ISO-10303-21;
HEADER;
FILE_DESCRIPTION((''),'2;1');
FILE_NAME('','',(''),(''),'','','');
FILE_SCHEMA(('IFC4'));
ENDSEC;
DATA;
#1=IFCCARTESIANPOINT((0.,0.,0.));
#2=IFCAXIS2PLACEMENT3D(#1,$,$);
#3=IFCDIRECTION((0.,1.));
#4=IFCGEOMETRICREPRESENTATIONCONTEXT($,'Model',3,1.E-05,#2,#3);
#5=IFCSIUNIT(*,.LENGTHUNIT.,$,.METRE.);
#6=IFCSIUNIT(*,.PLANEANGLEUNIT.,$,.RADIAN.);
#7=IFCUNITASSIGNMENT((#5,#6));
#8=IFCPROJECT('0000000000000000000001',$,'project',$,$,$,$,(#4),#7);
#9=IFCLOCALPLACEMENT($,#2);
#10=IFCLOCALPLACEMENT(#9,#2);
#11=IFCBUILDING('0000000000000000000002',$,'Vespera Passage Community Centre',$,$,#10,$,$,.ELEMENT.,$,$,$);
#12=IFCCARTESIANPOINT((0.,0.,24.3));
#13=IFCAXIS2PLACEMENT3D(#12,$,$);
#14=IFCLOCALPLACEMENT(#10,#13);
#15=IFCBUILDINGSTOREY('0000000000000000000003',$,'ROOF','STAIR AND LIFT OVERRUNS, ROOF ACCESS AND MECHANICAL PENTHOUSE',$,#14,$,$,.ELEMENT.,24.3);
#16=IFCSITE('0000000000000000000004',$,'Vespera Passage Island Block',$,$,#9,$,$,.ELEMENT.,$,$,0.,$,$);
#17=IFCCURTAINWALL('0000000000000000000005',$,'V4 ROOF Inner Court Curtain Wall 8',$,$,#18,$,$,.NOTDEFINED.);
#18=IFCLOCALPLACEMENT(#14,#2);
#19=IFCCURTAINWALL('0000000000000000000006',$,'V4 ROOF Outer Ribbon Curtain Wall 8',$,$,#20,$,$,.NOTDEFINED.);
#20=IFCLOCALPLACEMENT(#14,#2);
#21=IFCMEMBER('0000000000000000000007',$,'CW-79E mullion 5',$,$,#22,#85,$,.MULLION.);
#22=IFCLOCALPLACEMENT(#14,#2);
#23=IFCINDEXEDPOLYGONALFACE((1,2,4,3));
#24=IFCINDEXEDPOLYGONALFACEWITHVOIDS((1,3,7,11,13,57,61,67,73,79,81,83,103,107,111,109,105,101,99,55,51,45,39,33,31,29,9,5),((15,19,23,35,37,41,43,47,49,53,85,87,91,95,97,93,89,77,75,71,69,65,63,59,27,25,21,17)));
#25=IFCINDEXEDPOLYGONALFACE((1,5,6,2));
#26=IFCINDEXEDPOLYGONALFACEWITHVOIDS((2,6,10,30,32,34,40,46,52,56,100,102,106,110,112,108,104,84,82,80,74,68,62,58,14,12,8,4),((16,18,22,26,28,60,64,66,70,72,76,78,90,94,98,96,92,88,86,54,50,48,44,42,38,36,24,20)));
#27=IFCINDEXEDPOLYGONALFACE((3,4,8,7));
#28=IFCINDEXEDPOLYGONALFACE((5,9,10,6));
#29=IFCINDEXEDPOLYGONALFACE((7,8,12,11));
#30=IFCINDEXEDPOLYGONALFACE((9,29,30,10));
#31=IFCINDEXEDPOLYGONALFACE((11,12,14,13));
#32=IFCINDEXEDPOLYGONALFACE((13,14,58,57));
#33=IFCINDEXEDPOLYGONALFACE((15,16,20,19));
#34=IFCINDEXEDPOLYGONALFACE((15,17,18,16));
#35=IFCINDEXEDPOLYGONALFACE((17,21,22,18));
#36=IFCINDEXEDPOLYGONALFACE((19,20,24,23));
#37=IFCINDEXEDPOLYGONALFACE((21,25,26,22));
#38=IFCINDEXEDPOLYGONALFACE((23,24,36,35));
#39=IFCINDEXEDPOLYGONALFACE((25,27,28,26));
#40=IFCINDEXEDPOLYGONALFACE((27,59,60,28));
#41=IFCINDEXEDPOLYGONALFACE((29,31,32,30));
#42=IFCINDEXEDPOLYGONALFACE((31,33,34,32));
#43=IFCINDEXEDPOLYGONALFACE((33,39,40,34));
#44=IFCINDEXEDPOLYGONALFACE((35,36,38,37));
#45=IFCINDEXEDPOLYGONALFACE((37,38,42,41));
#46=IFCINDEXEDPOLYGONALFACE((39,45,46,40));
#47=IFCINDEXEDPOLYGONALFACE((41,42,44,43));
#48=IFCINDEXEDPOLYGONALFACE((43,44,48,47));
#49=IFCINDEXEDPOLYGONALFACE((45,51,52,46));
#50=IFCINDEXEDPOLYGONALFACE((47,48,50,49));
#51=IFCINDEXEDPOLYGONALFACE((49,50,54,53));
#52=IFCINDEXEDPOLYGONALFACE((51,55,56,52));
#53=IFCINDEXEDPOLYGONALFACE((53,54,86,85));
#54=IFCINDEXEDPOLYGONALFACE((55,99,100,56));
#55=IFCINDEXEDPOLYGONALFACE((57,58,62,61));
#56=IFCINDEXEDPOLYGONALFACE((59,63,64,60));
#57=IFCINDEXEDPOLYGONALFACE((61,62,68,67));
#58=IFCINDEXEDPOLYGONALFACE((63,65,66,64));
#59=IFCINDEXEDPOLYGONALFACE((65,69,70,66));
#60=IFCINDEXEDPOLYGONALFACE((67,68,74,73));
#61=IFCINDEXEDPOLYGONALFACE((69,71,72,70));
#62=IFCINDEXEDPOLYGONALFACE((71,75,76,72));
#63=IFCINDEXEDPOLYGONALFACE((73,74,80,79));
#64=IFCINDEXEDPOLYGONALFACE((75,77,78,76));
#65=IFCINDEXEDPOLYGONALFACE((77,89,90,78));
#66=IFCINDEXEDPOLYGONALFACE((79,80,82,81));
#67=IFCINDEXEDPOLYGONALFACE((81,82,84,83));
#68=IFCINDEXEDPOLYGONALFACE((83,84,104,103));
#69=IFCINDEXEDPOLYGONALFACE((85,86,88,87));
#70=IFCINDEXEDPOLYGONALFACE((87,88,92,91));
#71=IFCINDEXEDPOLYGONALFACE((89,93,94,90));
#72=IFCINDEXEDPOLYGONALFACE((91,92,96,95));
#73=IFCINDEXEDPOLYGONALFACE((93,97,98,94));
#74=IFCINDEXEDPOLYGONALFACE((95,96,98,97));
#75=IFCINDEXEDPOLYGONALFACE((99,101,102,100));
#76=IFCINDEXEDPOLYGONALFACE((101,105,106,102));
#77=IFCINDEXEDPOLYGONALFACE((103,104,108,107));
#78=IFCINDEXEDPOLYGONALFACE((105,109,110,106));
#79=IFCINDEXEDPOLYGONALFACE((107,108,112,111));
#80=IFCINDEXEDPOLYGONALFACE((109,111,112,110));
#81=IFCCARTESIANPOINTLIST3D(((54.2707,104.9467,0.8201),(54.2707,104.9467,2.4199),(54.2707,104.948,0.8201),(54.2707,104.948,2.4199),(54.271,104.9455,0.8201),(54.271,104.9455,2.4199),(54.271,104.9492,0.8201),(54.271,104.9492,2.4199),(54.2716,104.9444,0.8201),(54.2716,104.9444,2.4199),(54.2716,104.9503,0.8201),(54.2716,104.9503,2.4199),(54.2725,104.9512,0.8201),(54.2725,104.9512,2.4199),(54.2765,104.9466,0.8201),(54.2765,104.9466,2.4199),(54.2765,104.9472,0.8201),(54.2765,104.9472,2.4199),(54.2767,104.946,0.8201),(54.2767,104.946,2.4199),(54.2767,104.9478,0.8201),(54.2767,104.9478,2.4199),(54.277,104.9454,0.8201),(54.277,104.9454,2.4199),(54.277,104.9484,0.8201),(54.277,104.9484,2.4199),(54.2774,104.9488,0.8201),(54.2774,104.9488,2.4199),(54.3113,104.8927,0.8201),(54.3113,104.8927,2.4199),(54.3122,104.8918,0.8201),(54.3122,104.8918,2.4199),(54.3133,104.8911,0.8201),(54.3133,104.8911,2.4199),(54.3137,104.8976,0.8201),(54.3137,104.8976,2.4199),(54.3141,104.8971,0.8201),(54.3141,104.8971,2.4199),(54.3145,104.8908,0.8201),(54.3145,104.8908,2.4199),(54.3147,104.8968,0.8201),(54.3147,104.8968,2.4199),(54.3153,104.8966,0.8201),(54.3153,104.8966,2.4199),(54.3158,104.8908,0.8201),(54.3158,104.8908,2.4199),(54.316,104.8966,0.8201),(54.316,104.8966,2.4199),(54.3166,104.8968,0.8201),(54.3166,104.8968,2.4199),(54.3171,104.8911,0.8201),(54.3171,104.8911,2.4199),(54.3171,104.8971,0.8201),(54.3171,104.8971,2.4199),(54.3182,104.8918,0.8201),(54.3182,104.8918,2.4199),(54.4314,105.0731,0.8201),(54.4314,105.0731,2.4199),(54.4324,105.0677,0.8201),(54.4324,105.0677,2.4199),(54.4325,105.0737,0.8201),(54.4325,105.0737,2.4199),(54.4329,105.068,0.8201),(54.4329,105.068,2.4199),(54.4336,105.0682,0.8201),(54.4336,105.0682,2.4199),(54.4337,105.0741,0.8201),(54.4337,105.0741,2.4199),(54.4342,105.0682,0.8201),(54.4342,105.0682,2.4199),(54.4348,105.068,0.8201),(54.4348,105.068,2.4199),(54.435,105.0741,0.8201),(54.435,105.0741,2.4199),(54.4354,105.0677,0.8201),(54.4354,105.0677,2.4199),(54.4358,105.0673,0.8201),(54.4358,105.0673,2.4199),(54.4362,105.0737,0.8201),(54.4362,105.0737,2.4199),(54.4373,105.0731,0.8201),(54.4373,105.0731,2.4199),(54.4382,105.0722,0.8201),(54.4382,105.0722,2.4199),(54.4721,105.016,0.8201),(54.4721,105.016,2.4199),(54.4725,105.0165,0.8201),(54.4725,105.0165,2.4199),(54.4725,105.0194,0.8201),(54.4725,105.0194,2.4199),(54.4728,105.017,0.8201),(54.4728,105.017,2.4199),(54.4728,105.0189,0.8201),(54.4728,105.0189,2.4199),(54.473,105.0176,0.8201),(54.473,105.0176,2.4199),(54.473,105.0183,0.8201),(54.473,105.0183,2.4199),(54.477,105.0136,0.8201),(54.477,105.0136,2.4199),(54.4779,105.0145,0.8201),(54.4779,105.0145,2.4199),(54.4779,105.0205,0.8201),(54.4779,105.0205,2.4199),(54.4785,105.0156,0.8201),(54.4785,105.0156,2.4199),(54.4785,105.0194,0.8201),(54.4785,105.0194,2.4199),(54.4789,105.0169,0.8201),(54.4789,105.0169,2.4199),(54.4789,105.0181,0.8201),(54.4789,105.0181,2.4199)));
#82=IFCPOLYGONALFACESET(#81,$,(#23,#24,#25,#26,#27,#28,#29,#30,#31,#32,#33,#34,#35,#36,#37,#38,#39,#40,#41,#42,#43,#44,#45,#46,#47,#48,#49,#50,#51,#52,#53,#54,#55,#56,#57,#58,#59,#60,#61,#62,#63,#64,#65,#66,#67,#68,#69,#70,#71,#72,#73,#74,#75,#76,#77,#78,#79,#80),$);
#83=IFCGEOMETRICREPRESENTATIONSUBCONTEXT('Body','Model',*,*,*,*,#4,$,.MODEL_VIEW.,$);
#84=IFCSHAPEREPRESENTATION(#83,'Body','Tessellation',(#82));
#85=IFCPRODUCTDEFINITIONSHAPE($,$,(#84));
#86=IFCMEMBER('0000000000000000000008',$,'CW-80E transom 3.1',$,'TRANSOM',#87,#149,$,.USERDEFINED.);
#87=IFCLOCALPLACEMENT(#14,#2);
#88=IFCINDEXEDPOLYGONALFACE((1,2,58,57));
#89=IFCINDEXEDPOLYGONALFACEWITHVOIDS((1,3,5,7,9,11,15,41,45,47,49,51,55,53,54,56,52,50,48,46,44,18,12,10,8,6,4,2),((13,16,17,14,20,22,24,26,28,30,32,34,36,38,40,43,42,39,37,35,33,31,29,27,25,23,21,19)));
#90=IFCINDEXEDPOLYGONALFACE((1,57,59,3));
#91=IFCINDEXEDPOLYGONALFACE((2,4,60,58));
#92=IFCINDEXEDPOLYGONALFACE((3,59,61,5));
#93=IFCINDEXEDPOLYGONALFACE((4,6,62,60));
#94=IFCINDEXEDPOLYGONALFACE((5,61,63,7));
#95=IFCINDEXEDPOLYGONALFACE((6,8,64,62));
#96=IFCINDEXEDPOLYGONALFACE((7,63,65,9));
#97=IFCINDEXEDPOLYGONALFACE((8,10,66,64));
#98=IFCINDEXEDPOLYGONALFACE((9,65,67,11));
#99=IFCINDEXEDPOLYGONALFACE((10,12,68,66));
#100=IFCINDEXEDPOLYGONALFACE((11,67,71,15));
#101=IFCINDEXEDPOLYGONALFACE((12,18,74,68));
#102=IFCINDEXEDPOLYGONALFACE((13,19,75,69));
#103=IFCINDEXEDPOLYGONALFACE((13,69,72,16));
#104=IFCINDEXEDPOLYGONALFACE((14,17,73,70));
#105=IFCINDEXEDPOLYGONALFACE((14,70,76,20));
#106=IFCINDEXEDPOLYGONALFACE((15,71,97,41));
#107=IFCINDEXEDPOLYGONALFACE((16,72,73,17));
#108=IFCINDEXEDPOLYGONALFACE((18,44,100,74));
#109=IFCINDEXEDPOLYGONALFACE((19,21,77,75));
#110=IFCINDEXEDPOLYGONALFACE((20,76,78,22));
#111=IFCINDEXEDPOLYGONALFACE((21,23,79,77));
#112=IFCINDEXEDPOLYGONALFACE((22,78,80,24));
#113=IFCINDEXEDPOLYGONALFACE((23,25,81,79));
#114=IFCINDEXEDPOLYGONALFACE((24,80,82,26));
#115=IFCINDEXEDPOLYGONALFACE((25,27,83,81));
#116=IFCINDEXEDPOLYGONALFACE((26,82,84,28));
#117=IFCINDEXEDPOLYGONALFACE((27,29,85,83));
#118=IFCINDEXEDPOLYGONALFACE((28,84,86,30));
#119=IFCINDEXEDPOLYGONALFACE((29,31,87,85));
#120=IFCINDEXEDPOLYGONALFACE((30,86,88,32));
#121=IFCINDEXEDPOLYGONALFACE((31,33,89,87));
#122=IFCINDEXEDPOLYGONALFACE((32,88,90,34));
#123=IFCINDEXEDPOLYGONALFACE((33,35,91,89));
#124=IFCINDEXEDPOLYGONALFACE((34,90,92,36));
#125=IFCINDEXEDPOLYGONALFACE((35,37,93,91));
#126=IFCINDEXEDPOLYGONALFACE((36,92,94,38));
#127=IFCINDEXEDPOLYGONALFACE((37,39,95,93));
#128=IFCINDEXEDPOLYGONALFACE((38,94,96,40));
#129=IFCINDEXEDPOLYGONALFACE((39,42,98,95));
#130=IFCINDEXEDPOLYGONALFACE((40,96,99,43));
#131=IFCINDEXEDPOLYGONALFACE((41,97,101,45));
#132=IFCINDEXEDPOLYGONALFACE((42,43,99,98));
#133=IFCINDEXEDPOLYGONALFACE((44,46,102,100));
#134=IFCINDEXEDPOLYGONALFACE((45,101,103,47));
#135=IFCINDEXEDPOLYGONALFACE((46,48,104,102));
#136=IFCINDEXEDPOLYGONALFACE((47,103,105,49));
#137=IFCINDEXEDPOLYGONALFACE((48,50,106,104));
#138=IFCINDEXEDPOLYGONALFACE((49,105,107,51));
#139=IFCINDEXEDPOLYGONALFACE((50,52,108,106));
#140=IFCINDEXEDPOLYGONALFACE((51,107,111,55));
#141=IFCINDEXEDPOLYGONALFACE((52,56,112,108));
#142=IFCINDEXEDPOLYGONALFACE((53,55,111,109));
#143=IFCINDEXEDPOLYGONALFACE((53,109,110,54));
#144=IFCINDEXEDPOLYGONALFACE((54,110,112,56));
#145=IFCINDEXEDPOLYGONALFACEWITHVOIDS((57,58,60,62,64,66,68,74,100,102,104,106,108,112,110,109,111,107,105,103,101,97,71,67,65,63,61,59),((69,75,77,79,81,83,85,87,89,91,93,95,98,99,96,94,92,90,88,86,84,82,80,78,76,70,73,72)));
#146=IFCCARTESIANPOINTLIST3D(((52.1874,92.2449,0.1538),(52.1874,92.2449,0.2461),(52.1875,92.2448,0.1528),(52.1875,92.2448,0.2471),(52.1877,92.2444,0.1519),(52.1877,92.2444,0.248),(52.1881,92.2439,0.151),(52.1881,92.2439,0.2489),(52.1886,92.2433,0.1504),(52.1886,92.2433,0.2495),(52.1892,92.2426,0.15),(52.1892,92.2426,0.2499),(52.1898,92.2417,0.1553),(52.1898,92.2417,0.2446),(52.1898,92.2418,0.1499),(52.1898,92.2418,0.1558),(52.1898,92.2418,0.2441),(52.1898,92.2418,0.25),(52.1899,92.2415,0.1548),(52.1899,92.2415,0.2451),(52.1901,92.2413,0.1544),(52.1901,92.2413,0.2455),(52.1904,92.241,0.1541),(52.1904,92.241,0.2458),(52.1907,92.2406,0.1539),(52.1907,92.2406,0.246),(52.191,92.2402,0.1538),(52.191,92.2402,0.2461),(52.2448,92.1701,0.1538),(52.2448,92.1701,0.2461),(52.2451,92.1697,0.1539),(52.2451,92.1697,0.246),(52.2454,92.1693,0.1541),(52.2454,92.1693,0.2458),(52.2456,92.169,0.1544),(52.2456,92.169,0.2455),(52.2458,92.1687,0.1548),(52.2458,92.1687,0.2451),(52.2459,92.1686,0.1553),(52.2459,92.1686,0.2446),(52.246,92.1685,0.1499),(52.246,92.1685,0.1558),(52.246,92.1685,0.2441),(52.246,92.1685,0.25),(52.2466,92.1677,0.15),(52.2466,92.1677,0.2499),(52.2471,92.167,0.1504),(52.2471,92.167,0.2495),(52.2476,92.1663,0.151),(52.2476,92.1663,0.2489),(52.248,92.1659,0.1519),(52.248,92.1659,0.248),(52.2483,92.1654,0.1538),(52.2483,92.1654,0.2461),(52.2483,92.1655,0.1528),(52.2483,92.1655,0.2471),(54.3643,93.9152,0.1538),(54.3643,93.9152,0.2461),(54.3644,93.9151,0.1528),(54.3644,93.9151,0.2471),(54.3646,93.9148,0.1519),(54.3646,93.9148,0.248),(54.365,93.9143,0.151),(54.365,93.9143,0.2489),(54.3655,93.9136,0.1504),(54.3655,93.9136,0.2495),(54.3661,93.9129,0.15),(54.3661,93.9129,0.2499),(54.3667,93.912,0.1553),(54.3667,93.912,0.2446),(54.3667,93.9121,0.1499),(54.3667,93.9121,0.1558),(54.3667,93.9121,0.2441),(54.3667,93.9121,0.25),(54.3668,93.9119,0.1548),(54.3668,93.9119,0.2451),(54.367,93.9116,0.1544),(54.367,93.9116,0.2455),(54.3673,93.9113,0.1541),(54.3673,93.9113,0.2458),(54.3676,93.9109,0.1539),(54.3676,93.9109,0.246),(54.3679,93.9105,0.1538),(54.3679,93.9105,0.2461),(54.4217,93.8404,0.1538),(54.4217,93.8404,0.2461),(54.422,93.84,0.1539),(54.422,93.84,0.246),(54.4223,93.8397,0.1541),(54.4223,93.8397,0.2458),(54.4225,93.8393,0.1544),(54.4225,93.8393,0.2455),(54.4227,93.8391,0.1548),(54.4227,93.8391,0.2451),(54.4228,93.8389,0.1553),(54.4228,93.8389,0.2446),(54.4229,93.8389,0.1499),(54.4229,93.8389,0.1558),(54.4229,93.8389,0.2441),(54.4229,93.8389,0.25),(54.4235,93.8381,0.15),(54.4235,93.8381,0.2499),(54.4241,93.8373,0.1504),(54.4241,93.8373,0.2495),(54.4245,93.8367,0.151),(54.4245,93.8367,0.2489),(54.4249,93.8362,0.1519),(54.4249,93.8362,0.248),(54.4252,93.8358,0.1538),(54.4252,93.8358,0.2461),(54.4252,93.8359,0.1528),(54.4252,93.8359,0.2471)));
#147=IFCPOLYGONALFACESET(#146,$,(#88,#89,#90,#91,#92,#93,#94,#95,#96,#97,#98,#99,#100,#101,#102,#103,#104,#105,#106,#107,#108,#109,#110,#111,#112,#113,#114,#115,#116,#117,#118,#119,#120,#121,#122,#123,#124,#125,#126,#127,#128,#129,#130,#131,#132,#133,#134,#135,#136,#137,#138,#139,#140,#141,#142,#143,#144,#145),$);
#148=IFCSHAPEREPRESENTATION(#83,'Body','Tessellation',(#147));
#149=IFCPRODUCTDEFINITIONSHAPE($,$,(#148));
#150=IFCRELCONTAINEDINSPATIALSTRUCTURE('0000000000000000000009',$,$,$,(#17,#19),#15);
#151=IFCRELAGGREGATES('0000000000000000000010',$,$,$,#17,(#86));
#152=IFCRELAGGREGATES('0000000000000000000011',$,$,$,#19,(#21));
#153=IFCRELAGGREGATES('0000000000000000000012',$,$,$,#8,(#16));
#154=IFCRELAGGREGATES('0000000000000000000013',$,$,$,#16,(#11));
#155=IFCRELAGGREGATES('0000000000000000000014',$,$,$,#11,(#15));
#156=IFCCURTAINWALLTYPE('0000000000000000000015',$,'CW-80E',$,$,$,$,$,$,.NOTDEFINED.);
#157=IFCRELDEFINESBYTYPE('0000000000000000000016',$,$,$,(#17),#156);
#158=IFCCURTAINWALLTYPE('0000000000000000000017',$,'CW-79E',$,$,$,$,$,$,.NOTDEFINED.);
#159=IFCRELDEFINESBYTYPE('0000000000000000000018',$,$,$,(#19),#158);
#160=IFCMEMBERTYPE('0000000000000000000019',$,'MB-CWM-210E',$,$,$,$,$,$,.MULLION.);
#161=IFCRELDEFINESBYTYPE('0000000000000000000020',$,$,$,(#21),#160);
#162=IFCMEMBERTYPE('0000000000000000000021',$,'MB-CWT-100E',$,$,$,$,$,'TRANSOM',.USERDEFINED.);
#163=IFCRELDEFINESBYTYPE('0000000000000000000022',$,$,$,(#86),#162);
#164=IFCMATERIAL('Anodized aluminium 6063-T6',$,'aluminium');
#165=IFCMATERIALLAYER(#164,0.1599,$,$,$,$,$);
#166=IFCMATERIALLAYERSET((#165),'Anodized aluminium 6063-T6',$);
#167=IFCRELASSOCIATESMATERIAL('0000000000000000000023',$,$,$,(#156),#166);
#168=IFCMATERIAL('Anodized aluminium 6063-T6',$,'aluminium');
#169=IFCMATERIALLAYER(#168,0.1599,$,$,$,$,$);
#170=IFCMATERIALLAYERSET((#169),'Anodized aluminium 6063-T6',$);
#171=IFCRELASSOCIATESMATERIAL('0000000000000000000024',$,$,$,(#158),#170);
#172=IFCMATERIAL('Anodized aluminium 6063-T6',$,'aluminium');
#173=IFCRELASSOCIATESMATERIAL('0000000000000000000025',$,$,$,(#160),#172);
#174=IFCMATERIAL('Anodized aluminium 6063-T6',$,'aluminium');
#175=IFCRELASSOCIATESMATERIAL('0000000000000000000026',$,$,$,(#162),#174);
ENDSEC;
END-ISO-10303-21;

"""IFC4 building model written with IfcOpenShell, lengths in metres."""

from ifc_helpers import new_model, si_unit, direction, frame, origin, origin_2d, place, context, subcontext, project, spatial, hollow_rectangle, extrude, material, layer, layer_set, material_profile, profile_set, type_object, element, aggregate, save


model = new_model("IFC4")

# Units and contexts
model_context = context("Model", 3, precision=1e-05, world=origin(), true_north=direction((0.0, 1.0)))
body_context = subcontext(model_context, "Body", "Model", "MODEL_VIEW")
ifc_project = project(units=[si_unit("LENGTHUNIT", "METRE"), si_unit("PLANEANGLEUNIT", "RADIAN")], contexts=[model_context])

# Site, building, storey
site_placement = place(None, origin())
site = spatial("IfcSite", under=ifc_project, at=site_placement, Name="Vespera Passage Island Block", CompositionType="ELEMENT", RefElevation=0.0)
building_placement = place(site_placement, origin())
building = spatial("IfcBuilding", under=site, at=building_placement, Name="Vespera Passage Community Centre", CompositionType="ELEMENT")
storey_placement = place(building_placement, frame((0.0, 0.0, 24.3)))
storey = spatial("IfcBuildingStorey", under=building, at=storey_placement, Name="ROOF", Description="STAIR AND LIFT OVERRUNS, ROOF ACCESS AND MECHANICAL PENTHOUSE", CompositionType="ELEMENT", Elevation=24.3)

# Curtain walls, member
ifc_material_1 = material(Name="Anodized aluminium 6063-T6", Category="aluminium")
ifc_layer_1 = layer(ifc_material_1, 0.1599)
ifc_layer_set_1 = layer_set([ifc_layer_1], Name="Anodized aluminium 6063-T6")
curtain_wall_type_1 = type_object("IfcCurtainWallType", Name="CW-80E", PredefinedType="NOTDEFINED", material=ifc_layer_set_1)
curtain_wall_1_placement = place(storey_placement, origin())
curtain_wall_1 = element("IfcCurtainWall", 1, at=curtain_wall_1_placement, inside=storey, type_object=curtain_wall_type_1, Name="V4 ROOF Inner Court Curtain Wall 8", PredefinedType="NOTDEFINED")
ifc_material_2 = material(Name="Anodized aluminium 6063-T6", Category="aluminium")
ifc_layer_2 = layer(ifc_material_2, 0.1599)
ifc_layer_set_2 = layer_set([ifc_layer_2], Name="Anodized aluminium 6063-T6")
curtain_wall_type_2 = type_object("IfcCurtainWallType", Name="CW-79E", PredefinedType="NOTDEFINED", material=ifc_layer_set_2)
curtain_wall_2_placement = place(storey_placement, origin())
curtain_wall_2 = element("IfcCurtainWall", 2, at=curtain_wall_2_placement, inside=storey, type_object=curtain_wall_type_2, Name="V4 ROOF Outer Ribbon Curtain Wall 8", PredefinedType="NOTDEFINED")
ifc_material_3 = material(Name="Anodized aluminium 6063-T6", Category="aluminium")
ifc_material_profile_1 = material_profile(ifc_material_3, hollow_rectangle(XDim=0.075, YDim=0.21, WallThickness=0.0049, InnerFilletRadius=0.0024, OuterFilletRadius=0.0049, at=origin_2d()), Name="ALU210X75X5")
ifc_profile_set_1 = profile_set([ifc_material_profile_1], Name="Anodized aluminium 6063-T6")
member_type_1 = type_object("IfcMemberType", Name="MB-CWM-210E", PredefinedType="MULLION", material=ifc_profile_set_1)
member_1_placement = place(storey_placement, frame((54.3748, 104.9824, 0.8201), z_axis=(0.0, 0.0, 1.0), x_axis=(-0.608768, 0.793348, 0.0)))
member_1 = element("IfcMember", 3, at=member_1_placement, type_object=member_type_1, Name="CW-79E mullion 5", PredefinedType="MULLION", context=body_context, shape_type="SweptSolid", body=[
    extrude(hollow_rectangle(XDim=0.075, YDim=0.21, WallThickness=0.0049, InnerFilletRadius=0.0024, OuterFilletRadius=0.0049, at=origin_2d()), origin(), (0.0, 0.0, 1.0), 1.5999),
])

# Member
ifc_material_4 = material(Name="Anodized aluminium 6063-T6", Category="aluminium")
ifc_material_profile_2 = material_profile(ifc_material_4, hollow_rectangle(XDim=0.1001, YDim=0.1001, WallThickness=0.0039, InnerFilletRadius=0.002, OuterFilletRadius=0.0039, at=origin_2d()), Name="ALU100X100X4")
ifc_profile_set_2 = profile_set([ifc_material_profile_2], Name="Anodized aluminium 6063-T6")
member_type_2 = type_object("IfcMemberType", Name="MB-CWT-100E", ElementType="TRANSOM", PredefinedType="USERDEFINED", material=ifc_profile_set_2)
member_2_placement = place(storey_placement, frame((54.3948, 93.8755, 0.2), z_axis=(-0.793364, -0.608747, 0.0), x_axis=(0.608747, -0.793364, 0.0)))
member_2 = element("IfcMember", 4, at=member_2_placement, type_object=member_type_2, Name="CW-80E transom 3.1", ObjectType="TRANSOM", PredefinedType="USERDEFINED", context=body_context, shape_type="SweptSolid", body=[
    extrude(hollow_rectangle(XDim=0.1001, YDim=0.1001, WallThickness=0.0039, InnerFilletRadius=0.002, OuterFilletRadius=0.0039, at=origin_2d()), origin(), (0.0, 0.0, 1.0), 2.7439),
])

aggregate(curtain_wall_1, [member_2])
aggregate(curtain_wall_2, [member_1])

save(model, "model.ifc")
